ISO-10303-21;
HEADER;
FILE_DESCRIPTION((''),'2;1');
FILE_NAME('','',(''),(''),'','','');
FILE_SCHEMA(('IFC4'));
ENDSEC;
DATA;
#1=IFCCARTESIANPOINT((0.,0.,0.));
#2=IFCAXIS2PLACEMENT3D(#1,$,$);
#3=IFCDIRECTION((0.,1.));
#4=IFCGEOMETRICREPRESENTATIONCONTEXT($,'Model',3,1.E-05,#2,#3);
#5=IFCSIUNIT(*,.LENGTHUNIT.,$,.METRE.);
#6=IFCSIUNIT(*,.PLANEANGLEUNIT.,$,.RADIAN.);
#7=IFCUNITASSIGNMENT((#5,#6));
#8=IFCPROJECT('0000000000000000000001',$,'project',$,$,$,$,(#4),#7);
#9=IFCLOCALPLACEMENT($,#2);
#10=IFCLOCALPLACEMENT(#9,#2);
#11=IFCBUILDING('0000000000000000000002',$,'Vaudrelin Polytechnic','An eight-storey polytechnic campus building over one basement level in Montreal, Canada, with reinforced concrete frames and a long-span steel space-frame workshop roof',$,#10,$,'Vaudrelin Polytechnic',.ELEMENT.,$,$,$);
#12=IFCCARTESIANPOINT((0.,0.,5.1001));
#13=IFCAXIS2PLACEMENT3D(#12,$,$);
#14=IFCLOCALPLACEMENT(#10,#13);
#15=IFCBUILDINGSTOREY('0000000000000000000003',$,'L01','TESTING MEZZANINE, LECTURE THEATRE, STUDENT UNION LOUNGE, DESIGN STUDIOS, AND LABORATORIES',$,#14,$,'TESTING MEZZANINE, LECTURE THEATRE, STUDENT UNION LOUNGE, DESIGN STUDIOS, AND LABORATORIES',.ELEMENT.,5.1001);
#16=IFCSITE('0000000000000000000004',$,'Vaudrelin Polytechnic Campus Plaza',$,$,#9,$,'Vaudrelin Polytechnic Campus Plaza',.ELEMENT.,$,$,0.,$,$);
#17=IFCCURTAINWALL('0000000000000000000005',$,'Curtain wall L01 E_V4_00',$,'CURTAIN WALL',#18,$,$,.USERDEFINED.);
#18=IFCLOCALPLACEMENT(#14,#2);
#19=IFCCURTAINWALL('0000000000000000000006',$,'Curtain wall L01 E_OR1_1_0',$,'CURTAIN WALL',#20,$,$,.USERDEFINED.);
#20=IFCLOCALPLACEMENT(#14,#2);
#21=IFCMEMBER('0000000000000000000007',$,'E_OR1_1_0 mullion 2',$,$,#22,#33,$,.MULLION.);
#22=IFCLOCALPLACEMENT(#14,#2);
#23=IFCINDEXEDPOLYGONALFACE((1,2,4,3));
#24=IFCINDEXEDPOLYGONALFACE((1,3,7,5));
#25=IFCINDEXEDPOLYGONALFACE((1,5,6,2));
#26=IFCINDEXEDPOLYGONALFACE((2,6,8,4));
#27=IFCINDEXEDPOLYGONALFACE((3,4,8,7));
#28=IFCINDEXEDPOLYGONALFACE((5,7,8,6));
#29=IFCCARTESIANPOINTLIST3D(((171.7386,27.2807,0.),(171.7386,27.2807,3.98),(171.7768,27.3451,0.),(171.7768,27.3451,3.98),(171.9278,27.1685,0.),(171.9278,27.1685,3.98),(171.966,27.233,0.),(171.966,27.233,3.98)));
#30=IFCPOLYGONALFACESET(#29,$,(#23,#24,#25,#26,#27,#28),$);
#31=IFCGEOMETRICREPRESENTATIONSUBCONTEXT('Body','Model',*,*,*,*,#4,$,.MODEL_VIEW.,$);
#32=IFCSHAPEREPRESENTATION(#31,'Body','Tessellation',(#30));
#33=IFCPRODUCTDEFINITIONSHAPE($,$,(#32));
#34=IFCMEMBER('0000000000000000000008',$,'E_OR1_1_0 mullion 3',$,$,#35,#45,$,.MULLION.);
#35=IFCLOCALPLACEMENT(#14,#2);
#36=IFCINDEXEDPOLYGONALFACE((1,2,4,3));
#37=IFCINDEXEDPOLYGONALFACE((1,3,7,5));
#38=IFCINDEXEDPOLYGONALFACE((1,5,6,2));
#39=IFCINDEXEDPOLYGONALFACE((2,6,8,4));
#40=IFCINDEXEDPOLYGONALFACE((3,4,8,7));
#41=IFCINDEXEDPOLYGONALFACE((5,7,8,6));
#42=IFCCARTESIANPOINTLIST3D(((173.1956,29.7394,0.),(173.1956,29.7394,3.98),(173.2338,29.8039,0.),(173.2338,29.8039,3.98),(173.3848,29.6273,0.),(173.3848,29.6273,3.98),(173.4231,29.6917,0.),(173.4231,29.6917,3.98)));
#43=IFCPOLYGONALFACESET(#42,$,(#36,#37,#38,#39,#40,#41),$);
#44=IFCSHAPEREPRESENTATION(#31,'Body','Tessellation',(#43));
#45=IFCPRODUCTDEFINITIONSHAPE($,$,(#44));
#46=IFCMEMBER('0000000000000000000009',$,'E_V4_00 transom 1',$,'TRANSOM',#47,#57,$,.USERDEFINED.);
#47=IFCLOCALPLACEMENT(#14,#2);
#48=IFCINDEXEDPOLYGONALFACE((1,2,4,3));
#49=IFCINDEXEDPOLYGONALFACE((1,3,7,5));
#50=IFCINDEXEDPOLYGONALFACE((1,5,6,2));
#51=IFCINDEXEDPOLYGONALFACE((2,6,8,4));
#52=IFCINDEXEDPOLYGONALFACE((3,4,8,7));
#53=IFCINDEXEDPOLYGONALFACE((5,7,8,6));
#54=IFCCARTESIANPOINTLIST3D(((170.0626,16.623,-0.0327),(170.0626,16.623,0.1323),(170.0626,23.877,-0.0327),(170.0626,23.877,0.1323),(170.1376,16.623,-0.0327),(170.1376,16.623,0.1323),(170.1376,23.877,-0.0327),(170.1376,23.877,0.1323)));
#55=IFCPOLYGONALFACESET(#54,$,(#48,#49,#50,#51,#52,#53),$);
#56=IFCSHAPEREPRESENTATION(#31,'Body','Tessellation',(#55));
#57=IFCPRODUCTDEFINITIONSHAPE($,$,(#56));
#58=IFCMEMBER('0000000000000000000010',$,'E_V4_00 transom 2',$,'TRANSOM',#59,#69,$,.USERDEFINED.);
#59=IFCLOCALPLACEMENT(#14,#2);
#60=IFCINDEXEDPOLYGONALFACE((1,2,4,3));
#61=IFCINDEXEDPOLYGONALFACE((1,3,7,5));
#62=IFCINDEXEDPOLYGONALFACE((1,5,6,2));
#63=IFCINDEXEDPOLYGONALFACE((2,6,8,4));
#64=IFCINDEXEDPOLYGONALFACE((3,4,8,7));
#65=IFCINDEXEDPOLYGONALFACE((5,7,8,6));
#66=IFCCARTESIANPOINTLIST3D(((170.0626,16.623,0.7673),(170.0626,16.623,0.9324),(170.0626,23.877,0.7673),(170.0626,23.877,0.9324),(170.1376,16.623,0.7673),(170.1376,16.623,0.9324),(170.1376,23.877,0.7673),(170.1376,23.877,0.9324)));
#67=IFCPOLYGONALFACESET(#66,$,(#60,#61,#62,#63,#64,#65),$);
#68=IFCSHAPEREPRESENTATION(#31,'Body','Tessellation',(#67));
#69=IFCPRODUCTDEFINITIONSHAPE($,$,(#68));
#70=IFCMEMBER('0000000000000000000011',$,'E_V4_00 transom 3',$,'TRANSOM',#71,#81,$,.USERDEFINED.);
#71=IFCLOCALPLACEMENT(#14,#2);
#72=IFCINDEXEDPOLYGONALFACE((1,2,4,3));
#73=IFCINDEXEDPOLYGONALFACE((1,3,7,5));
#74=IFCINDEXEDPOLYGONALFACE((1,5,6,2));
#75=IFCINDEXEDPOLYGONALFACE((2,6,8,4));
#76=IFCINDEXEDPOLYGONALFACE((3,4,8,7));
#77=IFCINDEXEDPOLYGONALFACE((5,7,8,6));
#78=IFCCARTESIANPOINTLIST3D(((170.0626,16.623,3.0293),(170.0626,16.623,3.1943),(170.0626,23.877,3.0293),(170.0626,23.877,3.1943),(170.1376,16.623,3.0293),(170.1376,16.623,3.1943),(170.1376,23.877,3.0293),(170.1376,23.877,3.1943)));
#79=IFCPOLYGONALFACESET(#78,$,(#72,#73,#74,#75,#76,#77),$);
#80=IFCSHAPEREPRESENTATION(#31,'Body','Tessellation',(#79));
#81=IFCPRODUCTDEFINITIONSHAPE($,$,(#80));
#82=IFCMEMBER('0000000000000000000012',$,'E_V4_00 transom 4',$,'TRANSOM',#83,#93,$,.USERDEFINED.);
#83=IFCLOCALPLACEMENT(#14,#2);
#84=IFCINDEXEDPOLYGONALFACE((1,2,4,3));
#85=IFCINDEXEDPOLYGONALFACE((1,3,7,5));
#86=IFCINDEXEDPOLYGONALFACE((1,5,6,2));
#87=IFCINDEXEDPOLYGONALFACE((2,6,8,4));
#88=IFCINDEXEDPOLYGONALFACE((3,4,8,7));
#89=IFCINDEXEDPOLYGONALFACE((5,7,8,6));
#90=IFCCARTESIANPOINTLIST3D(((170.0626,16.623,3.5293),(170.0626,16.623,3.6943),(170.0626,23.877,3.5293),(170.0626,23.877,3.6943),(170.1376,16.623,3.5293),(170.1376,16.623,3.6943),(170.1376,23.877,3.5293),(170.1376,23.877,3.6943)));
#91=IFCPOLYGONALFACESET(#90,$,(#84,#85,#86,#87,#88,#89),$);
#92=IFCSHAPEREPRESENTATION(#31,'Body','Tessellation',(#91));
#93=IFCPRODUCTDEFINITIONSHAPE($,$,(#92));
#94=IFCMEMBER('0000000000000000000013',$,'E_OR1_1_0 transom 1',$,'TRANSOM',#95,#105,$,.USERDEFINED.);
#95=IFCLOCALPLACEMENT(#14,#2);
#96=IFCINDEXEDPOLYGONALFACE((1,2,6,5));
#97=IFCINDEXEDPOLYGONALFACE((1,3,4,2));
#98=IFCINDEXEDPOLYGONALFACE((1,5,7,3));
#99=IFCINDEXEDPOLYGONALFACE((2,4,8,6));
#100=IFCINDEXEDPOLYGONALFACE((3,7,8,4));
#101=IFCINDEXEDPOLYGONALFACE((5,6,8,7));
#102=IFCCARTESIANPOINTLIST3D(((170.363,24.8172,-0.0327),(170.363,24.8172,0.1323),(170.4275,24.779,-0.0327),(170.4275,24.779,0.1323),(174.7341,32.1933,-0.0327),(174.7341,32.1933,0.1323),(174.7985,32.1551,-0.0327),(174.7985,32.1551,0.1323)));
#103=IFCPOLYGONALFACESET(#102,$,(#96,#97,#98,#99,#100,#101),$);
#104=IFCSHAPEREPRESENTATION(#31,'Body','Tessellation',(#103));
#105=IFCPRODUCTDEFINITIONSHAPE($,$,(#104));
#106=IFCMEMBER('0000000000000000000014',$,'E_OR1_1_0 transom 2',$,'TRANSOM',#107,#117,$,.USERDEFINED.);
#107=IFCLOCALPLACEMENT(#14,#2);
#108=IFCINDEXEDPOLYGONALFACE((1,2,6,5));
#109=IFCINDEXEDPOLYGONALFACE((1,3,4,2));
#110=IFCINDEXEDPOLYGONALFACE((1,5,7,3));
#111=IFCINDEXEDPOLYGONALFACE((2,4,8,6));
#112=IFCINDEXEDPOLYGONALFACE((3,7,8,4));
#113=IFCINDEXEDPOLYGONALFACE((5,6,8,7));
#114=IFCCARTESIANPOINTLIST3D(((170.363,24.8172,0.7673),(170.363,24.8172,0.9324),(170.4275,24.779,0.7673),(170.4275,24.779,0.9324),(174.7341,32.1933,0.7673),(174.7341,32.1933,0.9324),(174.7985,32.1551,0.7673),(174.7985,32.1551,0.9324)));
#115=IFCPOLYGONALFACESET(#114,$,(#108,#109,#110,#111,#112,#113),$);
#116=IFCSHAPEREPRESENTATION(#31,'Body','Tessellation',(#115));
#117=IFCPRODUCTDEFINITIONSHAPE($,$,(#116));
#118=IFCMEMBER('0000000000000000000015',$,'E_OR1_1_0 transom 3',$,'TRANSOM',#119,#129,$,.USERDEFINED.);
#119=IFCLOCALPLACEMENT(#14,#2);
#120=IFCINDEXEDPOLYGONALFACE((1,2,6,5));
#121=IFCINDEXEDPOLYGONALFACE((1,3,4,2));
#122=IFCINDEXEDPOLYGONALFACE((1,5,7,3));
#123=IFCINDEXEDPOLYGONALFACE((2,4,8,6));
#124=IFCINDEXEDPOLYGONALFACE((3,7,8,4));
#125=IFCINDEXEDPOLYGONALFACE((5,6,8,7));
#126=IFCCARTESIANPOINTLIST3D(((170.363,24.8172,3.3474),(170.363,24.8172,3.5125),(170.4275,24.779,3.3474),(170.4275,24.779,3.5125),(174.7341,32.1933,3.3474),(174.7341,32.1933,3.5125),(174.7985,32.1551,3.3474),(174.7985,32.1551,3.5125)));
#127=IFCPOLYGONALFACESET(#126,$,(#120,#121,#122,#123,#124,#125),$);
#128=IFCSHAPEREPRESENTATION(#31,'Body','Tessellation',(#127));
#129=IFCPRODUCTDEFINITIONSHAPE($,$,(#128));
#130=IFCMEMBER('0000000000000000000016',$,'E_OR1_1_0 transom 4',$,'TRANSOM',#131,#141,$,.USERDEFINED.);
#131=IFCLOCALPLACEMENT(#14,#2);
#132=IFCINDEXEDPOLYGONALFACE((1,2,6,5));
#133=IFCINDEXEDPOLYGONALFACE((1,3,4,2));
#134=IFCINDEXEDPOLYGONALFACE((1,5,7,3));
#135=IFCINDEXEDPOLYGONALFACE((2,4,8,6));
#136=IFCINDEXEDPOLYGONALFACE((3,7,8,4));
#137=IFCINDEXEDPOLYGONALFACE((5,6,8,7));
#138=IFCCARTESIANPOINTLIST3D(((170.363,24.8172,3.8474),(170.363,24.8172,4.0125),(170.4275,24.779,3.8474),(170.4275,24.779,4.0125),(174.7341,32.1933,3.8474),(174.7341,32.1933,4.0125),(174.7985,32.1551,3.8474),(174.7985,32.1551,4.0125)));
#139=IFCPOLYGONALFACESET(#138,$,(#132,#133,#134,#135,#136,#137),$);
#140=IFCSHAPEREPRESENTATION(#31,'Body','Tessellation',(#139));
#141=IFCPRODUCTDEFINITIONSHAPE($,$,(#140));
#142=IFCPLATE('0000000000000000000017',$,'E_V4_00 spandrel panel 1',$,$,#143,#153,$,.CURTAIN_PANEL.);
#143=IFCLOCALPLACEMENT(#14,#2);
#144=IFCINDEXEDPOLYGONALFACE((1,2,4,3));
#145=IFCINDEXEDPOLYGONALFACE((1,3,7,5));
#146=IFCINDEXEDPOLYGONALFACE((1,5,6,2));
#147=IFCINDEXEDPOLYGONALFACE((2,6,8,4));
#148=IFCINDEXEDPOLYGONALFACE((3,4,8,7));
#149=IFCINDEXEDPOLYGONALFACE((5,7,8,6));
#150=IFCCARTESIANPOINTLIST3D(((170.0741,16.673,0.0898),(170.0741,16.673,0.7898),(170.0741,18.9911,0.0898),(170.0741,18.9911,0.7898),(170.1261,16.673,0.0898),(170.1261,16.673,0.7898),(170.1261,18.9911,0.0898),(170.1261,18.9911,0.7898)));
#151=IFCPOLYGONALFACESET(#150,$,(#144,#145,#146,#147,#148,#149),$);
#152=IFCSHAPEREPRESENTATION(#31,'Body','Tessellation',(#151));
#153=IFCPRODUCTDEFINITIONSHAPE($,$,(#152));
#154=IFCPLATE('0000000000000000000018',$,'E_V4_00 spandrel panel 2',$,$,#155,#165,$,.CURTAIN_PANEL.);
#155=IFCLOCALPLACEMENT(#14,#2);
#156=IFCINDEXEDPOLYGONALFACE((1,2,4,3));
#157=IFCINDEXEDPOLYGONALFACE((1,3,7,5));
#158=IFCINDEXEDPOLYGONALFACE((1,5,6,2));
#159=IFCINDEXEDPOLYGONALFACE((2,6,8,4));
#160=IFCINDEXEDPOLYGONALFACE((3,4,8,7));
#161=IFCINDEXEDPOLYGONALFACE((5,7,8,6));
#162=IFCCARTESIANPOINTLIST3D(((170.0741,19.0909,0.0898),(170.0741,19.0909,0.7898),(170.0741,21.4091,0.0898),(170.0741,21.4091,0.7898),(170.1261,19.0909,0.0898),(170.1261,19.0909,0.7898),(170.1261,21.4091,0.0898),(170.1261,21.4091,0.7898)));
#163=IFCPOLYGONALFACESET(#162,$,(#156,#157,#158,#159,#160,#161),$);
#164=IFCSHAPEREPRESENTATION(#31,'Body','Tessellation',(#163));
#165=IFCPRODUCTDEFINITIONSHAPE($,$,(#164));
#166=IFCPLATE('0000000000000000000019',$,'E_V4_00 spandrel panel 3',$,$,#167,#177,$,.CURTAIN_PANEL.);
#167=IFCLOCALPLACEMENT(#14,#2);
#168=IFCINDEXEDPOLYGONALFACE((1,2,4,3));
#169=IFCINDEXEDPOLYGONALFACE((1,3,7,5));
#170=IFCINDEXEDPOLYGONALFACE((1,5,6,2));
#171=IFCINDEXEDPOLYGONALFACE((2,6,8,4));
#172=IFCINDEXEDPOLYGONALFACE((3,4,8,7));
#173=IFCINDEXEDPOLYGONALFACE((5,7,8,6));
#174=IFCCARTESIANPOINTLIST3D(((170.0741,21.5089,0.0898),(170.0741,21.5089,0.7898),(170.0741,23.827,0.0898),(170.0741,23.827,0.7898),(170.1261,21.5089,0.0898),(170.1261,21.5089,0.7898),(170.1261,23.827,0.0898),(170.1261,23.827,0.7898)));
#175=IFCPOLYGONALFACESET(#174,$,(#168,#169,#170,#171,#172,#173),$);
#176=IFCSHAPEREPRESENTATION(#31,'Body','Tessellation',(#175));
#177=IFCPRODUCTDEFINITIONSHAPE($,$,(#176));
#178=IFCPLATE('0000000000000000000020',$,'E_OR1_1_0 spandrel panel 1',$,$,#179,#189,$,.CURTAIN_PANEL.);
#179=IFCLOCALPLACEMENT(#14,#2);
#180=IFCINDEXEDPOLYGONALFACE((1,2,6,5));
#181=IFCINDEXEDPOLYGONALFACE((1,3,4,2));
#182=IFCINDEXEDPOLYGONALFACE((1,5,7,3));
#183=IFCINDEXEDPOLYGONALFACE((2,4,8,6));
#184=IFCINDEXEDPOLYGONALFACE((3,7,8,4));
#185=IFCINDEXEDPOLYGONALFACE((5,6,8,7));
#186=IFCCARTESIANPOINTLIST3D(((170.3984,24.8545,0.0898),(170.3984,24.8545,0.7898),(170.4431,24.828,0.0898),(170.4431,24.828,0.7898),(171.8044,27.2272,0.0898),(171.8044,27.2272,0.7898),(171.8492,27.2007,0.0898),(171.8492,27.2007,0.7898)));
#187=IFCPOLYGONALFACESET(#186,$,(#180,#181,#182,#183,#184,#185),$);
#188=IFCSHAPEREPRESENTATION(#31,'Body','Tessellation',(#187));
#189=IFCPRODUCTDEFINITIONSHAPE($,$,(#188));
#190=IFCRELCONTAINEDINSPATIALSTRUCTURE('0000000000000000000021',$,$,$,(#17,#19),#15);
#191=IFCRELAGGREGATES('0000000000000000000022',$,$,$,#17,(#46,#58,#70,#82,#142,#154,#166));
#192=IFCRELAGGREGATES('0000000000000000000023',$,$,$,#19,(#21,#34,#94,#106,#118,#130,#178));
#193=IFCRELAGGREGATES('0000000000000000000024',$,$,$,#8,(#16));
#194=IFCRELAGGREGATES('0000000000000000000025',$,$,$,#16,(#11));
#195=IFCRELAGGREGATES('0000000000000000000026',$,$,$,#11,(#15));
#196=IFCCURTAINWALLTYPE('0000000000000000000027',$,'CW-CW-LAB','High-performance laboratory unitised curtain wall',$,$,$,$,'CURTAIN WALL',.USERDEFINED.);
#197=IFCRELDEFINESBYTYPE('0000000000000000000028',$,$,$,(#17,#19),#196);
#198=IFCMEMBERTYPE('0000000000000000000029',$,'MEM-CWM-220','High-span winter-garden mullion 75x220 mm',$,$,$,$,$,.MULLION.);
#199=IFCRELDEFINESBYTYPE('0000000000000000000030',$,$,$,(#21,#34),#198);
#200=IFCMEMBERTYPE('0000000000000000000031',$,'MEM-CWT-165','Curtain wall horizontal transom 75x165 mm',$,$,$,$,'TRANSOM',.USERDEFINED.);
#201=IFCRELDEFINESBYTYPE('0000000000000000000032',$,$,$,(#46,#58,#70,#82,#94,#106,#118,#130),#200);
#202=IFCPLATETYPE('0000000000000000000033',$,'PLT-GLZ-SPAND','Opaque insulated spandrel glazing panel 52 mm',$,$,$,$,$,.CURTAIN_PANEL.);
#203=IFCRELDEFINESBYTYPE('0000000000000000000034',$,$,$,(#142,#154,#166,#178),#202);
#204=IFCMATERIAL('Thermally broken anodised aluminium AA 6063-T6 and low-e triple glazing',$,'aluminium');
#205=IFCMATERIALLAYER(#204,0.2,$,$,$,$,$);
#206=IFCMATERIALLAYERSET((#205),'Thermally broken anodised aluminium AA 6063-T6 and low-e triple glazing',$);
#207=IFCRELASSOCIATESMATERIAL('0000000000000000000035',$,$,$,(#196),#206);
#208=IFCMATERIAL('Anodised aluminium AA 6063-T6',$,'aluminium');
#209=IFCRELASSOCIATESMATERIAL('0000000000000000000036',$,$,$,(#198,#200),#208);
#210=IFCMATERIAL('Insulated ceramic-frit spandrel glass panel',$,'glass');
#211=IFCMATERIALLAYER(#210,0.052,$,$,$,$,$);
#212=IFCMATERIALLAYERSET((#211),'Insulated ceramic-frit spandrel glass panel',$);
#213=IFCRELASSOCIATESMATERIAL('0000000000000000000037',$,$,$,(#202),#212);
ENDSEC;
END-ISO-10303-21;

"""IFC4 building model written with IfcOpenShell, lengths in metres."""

from ifc_helpers import new_model, si_unit, direction, frame, origin, origin_2d, place, context, subcontext, project, spatial, rectangle, extrude, material, layer, layer_set, material_profile, profile_set, type_object, element, aggregate, save


model = new_model("IFC4")

# Units and contexts
model_context = context("Model", 3, precision=1e-05, world=origin(), true_north=direction((0.0, 1.0)))
body_context = subcontext(model_context, "Body", "Model", "MODEL_VIEW")
ifc_project = project(units=[si_unit("LENGTHUNIT", "METRE"), si_unit("PLANEANGLEUNIT", "RADIAN")], contexts=[model_context])

# Site, building, storey
site_placement = place(None, origin())
site = spatial("IfcSite", under=ifc_project, at=site_placement, Name="Vaudrelin Polytechnic Campus Plaza", LongName="Vaudrelin Polytechnic Campus Plaza", CompositionType="ELEMENT", RefElevation=0.0)
building_placement = place(site_placement, origin())
building = spatial("IfcBuilding", under=site, at=building_placement, Name="Vaudrelin Polytechnic", Description="An eight-storey polytechnic campus building over one basement level in Montreal, Canada, with reinforced concrete frames and a long-span steel space-frame workshop roof", LongName="Vaudrelin Polytechnic", CompositionType="ELEMENT")
storey_placement = place(building_placement, frame((0.0, 0.0, 5.1001)))
storey = spatial("IfcBuildingStorey", under=building, at=storey_placement, Name="L01", Description="TESTING MEZZANINE, LECTURE THEATRE, STUDENT UNION LOUNGE, DESIGN STUDIOS, AND LABORATORIES", LongName="TESTING MEZZANINE, LECTURE THEATRE, STUDENT UNION LOUNGE, DESIGN STUDIOS, AND LABORATORIES", CompositionType="ELEMENT", Elevation=5.1001)

# Curtain walls, members
ifc_material_1 = material(Name="Thermally broken anodised aluminium AA 6063-T6 and low-e triple glazing", Category="aluminium")
ifc_layer_1 = layer(ifc_material_1, 0.2)
ifc_layer_set_1 = layer_set([ifc_layer_1], Name="Thermally broken anodised aluminium AA 6063-T6 and low-e triple glazing")
curtain_wall_type = type_object("IfcCurtainWallType", Name="CW-CW-LAB", Description="High-performance laboratory unitised curtain wall", ElementType="CURTAIN WALL", PredefinedType="USERDEFINED", material=ifc_layer_set_1)
curtain_wall_1_placement = place(storey_placement, origin())
curtain_wall_1 = element("IfcCurtainWall", 1, at=curtain_wall_1_placement, inside=storey, type_object=curtain_wall_type, Name="Curtain wall L01 E_V4_00", ObjectType="CURTAIN WALL", PredefinedType="USERDEFINED")
ifc_material_2 = material(Name="Anodised aluminium AA 6063-T6", Category="aluminium")
curtain_wall_2_placement = place(storey_placement, origin())
curtain_wall_2 = element("IfcCurtainWall", 2, at=curtain_wall_2_placement, inside=storey, type_object=curtain_wall_type, Name="Curtain wall L01 E_OR1_1_0", ObjectType="CURTAIN WALL", PredefinedType="USERDEFINED")
ifc_material_profile_1 = material_profile(ifc_material_2, rectangle(XDim=0.075, YDim=0.22, at=origin_2d()), Name="CWM-75x220")
ifc_profile_set_1 = profile_set([ifc_material_profile_1], Name="Anodised aluminium AA 6063-T6")
member_type_1 = type_object("IfcMemberType", Name="MEM-CWM-220", Description="High-span winter-garden mullion 75x220 mm", PredefinedType="MULLION", material=ifc_profile_set_1)
member_1_placement = place(storey_placement, frame((171.8523, 27.2568, 0.0), z_axis=(0.0, 0.0, 1.0), x_axis=(0.509799, 0.860294, 0.0)))
member_1 = element("IfcMember", 3, at=member_1_placement, type_object=member_type_1, Name="E_OR1_1_0 mullion 2", PredefinedType="MULLION", context=body_context, shape_type="SweptSolid", body=[
    extrude(rectangle(XDim=0.075, YDim=0.22, at=origin_2d()), origin(), (0.0, 0.0, 1.0), 3.98),
])
member_2_placement = place(storey_placement, frame((173.3093, 29.7156, 0.0), z_axis=(0.0, 0.0, 1.0), x_axis=(0.509799, 0.860294, 0.0)))
member_2 = element("IfcMember", 4, at=member_2_placement, type_object=member_type_1, Name="E_OR1_1_0 mullion 3", PredefinedType="MULLION", context=body_context, shape_type="SweptSolid", body=[
    extrude(rectangle(XDim=0.075, YDim=0.22, at=origin_2d()), origin(), (0.0, 0.0, 1.0), 3.98),
])

# Members
ifc_material_profile_2 = material_profile(ifc_material_2, rectangle(XDim=0.075, YDim=0.165, at=origin_2d()), Name="CWT-75x165")
ifc_profile_set_2 = profile_set([ifc_material_profile_2], Name="Anodised aluminium AA 6063-T6")
member_type_2 = type_object("IfcMemberType", Name="MEM-CWT-165", Description="Curtain wall horizontal transom 75x165 mm", ElementType="TRANSOM", PredefinedType="USERDEFINED", material=ifc_profile_set_2)
member_3_placement = place(storey_placement, frame((170.1001, 16.623, 0.0498), z_axis=(0.0, 1.0, 0.0), x_axis=(-1.0, 0.0, 0.0)))
member_3 = element("IfcMember", 5, at=member_3_placement, type_object=member_type_2, Name="E_V4_00 transom 1", ObjectType="TRANSOM", PredefinedType="USERDEFINED", context=body_context, shape_type="SweptSolid", body=[
    extrude(rectangle(XDim=0.075, YDim=0.165, at=origin_2d()), origin(), (0.0, 0.0, 1.0), 7.2539),
])
member_4_placement = place(storey_placement, frame((170.1001, 16.623, 0.8499), z_axis=(0.0, 1.0, 0.0), x_axis=(-1.0, 0.0, 0.0)))
member_4 = element("IfcMember", 6, at=member_4_placement, type_object=member_type_2, Name="E_V4_00 transom 2", ObjectType="TRANSOM", PredefinedType="USERDEFINED", context=body_context, shape_type="SweptSolid", body=[
    extrude(rectangle(XDim=0.075, YDim=0.165, at=origin_2d()), origin(), (0.0, 0.0, 1.0), 7.2539),
])
member_5_placement = place(storey_placement, frame((170.1001, 16.623, 3.1118), z_axis=(0.0, 1.0, 0.0), x_axis=(-1.0, 0.0, 0.0)))
member_5 = element("IfcMember", 7, at=member_5_placement, type_object=member_type_2, Name="E_V4_00 transom 3", ObjectType="TRANSOM", PredefinedType="USERDEFINED", context=body_context, shape_type="SweptSolid", body=[
    extrude(rectangle(XDim=0.075, YDim=0.165, at=origin_2d()), origin(), (0.0, 0.0, 1.0), 7.2539),
])
member_6_placement = place(storey_placement, frame((170.1001, 16.623, 3.6118), z_axis=(0.0, 1.0, 0.0), x_axis=(-1.0, 0.0, 0.0)))
member_6 = element("IfcMember", 8, at=member_6_placement, type_object=member_type_2, Name="E_V4_00 transom 4", ObjectType="TRANSOM", PredefinedType="USERDEFINED", context=body_context, shape_type="SweptSolid", body=[
    extrude(rectangle(XDim=0.075, YDim=0.165, at=origin_2d()), origin(), (0.0, 0.0, 1.0), 7.2539),
])
member_7_placement = place(storey_placement, frame((170.3953, 24.7981, 0.0498), z_axis=(0.509802, 0.860292, 0.0), x_axis=(-0.860292, 0.509802, 0.0)))
member_7 = element("IfcMember", 9, at=member_7_placement, type_object=member_type_2, Name="E_OR1_1_0 transom 1", ObjectType="TRANSOM", PredefinedType="USERDEFINED", context=body_context, shape_type="SweptSolid", body=[
    extrude(rectangle(XDim=0.075, YDim=0.165, at=origin_2d()), origin(), (0.0, 0.0, 1.0), 8.574),
])
member_8_placement = place(storey_placement, frame((170.3953, 24.7981, 0.8499), z_axis=(0.509802, 0.860292, 0.0), x_axis=(-0.860292, 0.509802, 0.0)))
member_8 = element("IfcMember", 10, at=member_8_placement, type_object=member_type_2, Name="E_OR1_1_0 transom 2", ObjectType="TRANSOM", PredefinedType="USERDEFINED", context=body_context, shape_type="SweptSolid", body=[
    extrude(rectangle(XDim=0.075, YDim=0.165, at=origin_2d()), origin(), (0.0, 0.0, 1.0), 8.574),
])
member_9_placement = place(storey_placement, frame((170.3953, 24.7981, 3.4299), z_axis=(0.509802, 0.860292, 0.0), x_axis=(-0.860292, 0.509802, 0.0)))
member_9 = element("IfcMember", 11, at=member_9_placement, type_object=member_type_2, Name="E_OR1_1_0 transom 3", ObjectType="TRANSOM", PredefinedType="USERDEFINED", context=body_context, shape_type="SweptSolid", body=[
    extrude(rectangle(XDim=0.075, YDim=0.165, at=origin_2d()), origin(), (0.0, 0.0, 1.0), 8.574),
])
member_10_placement = place(storey_placement, frame((170.3953, 24.7981, 3.9299), z_axis=(0.509802, 0.860292, 0.0), x_axis=(-0.860292, 0.509802, 0.0)))
member_10 = element("IfcMember", 12, at=member_10_placement, type_object=member_type_2, Name="E_OR1_1_0 transom 4", ObjectType="TRANSOM", PredefinedType="USERDEFINED", context=body_context, shape_type="SweptSolid", body=[
    extrude(rectangle(XDim=0.075, YDim=0.165, at=origin_2d()), origin(), (0.0, 0.0, 1.0), 8.574),
])

# Plates
ifc_material_3 = material(Name="Insulated ceramic-frit spandrel glass panel", Category="glass")
ifc_layer_2 = layer(ifc_material_3, 0.052)
ifc_layer_set_2 = layer_set([ifc_layer_2], Name="Insulated ceramic-frit spandrel glass panel")
plate_type_1 = type_object("IfcPlateType", Name="PLT-GLZ-SPAND", Description="Opaque insulated spandrel glazing panel 52 mm", PredefinedType="CURTAIN_PANEL", material=ifc_layer_set_2)
plate_1_placement = place(storey_placement, frame((170.1001, 17.832, 0.0898), z_axis=(0.0, 0.0, 1.0), x_axis=(0.0, 1.0, 0.0)))
plate_1 = element("IfcPlate", 13, at=plate_1_placement, type_object=plate_type_1, Name="E_V4_00 spandrel panel 1", PredefinedType="CURTAIN_PANEL", context=body_context, shape_type="SweptSolid", body=[
    extrude(rectangle(XDim=2.3181, YDim=0.052, at=origin_2d()), origin(), (0.0, 0.0, 1.0), 0.7),
])
plate_2_placement = place(storey_placement, frame((170.1001, 20.25, 0.0898), z_axis=(0.0, 0.0, 1.0), x_axis=(0.0, 1.0, 0.0)))
plate_2 = element("IfcPlate", 14, at=plate_2_placement, type_object=plate_type_1, Name="E_V4_00 spandrel panel 2", PredefinedType="CURTAIN_PANEL", context=body_context, shape_type="SweptSolid", body=[
    extrude(rectangle(XDim=2.3181, YDim=0.052, at=origin_2d()), origin(), (0.0, 0.0, 1.0), 0.7),
])
plate_3_placement = place(storey_placement, frame((170.1001, 22.668, 0.0898), z_axis=(0.0, 0.0, 1.0), x_axis=(0.0, 1.0, 0.0)))
plate_3 = element("IfcPlate", 15, at=plate_3_placement, type_object=plate_type_1, Name="E_V4_00 spandrel panel 3", PredefinedType="CURTAIN_PANEL", context=body_context, shape_type="SweptSolid", body=[
    extrude(rectangle(XDim=2.3181, YDim=0.052, at=origin_2d()), origin(), (0.0, 0.0, 1.0), 0.7),
])
plate_4_placement = place(storey_placement, frame((171.1238, 26.0276, 0.0898), z_axis=(0.0, 0.0, 1.0), x_axis=(0.509799, 0.860294, 0.0)))
plate_4 = element("IfcPlate", 16, at=plate_4_placement, type_object=plate_type_1, Name="E_OR1_1_0 spandrel panel 1", PredefinedType="CURTAIN_PANEL", context=body_context, shape_type="SweptSolid", body=[
    extrude(rectangle(XDim=2.7581, YDim=0.052, at=origin_2d()), origin(), (0.0, 0.0, 1.0), 0.7),
])
aggregate(curtain_wall_1, [member_3, member_4, member_5, member_6, plate_1, plate_2, plate_3])
aggregate(curtain_wall_2, [member_1, member_2, member_7, member_8, member_9, member_10, plate_4])

save(model, "model.ifc")
